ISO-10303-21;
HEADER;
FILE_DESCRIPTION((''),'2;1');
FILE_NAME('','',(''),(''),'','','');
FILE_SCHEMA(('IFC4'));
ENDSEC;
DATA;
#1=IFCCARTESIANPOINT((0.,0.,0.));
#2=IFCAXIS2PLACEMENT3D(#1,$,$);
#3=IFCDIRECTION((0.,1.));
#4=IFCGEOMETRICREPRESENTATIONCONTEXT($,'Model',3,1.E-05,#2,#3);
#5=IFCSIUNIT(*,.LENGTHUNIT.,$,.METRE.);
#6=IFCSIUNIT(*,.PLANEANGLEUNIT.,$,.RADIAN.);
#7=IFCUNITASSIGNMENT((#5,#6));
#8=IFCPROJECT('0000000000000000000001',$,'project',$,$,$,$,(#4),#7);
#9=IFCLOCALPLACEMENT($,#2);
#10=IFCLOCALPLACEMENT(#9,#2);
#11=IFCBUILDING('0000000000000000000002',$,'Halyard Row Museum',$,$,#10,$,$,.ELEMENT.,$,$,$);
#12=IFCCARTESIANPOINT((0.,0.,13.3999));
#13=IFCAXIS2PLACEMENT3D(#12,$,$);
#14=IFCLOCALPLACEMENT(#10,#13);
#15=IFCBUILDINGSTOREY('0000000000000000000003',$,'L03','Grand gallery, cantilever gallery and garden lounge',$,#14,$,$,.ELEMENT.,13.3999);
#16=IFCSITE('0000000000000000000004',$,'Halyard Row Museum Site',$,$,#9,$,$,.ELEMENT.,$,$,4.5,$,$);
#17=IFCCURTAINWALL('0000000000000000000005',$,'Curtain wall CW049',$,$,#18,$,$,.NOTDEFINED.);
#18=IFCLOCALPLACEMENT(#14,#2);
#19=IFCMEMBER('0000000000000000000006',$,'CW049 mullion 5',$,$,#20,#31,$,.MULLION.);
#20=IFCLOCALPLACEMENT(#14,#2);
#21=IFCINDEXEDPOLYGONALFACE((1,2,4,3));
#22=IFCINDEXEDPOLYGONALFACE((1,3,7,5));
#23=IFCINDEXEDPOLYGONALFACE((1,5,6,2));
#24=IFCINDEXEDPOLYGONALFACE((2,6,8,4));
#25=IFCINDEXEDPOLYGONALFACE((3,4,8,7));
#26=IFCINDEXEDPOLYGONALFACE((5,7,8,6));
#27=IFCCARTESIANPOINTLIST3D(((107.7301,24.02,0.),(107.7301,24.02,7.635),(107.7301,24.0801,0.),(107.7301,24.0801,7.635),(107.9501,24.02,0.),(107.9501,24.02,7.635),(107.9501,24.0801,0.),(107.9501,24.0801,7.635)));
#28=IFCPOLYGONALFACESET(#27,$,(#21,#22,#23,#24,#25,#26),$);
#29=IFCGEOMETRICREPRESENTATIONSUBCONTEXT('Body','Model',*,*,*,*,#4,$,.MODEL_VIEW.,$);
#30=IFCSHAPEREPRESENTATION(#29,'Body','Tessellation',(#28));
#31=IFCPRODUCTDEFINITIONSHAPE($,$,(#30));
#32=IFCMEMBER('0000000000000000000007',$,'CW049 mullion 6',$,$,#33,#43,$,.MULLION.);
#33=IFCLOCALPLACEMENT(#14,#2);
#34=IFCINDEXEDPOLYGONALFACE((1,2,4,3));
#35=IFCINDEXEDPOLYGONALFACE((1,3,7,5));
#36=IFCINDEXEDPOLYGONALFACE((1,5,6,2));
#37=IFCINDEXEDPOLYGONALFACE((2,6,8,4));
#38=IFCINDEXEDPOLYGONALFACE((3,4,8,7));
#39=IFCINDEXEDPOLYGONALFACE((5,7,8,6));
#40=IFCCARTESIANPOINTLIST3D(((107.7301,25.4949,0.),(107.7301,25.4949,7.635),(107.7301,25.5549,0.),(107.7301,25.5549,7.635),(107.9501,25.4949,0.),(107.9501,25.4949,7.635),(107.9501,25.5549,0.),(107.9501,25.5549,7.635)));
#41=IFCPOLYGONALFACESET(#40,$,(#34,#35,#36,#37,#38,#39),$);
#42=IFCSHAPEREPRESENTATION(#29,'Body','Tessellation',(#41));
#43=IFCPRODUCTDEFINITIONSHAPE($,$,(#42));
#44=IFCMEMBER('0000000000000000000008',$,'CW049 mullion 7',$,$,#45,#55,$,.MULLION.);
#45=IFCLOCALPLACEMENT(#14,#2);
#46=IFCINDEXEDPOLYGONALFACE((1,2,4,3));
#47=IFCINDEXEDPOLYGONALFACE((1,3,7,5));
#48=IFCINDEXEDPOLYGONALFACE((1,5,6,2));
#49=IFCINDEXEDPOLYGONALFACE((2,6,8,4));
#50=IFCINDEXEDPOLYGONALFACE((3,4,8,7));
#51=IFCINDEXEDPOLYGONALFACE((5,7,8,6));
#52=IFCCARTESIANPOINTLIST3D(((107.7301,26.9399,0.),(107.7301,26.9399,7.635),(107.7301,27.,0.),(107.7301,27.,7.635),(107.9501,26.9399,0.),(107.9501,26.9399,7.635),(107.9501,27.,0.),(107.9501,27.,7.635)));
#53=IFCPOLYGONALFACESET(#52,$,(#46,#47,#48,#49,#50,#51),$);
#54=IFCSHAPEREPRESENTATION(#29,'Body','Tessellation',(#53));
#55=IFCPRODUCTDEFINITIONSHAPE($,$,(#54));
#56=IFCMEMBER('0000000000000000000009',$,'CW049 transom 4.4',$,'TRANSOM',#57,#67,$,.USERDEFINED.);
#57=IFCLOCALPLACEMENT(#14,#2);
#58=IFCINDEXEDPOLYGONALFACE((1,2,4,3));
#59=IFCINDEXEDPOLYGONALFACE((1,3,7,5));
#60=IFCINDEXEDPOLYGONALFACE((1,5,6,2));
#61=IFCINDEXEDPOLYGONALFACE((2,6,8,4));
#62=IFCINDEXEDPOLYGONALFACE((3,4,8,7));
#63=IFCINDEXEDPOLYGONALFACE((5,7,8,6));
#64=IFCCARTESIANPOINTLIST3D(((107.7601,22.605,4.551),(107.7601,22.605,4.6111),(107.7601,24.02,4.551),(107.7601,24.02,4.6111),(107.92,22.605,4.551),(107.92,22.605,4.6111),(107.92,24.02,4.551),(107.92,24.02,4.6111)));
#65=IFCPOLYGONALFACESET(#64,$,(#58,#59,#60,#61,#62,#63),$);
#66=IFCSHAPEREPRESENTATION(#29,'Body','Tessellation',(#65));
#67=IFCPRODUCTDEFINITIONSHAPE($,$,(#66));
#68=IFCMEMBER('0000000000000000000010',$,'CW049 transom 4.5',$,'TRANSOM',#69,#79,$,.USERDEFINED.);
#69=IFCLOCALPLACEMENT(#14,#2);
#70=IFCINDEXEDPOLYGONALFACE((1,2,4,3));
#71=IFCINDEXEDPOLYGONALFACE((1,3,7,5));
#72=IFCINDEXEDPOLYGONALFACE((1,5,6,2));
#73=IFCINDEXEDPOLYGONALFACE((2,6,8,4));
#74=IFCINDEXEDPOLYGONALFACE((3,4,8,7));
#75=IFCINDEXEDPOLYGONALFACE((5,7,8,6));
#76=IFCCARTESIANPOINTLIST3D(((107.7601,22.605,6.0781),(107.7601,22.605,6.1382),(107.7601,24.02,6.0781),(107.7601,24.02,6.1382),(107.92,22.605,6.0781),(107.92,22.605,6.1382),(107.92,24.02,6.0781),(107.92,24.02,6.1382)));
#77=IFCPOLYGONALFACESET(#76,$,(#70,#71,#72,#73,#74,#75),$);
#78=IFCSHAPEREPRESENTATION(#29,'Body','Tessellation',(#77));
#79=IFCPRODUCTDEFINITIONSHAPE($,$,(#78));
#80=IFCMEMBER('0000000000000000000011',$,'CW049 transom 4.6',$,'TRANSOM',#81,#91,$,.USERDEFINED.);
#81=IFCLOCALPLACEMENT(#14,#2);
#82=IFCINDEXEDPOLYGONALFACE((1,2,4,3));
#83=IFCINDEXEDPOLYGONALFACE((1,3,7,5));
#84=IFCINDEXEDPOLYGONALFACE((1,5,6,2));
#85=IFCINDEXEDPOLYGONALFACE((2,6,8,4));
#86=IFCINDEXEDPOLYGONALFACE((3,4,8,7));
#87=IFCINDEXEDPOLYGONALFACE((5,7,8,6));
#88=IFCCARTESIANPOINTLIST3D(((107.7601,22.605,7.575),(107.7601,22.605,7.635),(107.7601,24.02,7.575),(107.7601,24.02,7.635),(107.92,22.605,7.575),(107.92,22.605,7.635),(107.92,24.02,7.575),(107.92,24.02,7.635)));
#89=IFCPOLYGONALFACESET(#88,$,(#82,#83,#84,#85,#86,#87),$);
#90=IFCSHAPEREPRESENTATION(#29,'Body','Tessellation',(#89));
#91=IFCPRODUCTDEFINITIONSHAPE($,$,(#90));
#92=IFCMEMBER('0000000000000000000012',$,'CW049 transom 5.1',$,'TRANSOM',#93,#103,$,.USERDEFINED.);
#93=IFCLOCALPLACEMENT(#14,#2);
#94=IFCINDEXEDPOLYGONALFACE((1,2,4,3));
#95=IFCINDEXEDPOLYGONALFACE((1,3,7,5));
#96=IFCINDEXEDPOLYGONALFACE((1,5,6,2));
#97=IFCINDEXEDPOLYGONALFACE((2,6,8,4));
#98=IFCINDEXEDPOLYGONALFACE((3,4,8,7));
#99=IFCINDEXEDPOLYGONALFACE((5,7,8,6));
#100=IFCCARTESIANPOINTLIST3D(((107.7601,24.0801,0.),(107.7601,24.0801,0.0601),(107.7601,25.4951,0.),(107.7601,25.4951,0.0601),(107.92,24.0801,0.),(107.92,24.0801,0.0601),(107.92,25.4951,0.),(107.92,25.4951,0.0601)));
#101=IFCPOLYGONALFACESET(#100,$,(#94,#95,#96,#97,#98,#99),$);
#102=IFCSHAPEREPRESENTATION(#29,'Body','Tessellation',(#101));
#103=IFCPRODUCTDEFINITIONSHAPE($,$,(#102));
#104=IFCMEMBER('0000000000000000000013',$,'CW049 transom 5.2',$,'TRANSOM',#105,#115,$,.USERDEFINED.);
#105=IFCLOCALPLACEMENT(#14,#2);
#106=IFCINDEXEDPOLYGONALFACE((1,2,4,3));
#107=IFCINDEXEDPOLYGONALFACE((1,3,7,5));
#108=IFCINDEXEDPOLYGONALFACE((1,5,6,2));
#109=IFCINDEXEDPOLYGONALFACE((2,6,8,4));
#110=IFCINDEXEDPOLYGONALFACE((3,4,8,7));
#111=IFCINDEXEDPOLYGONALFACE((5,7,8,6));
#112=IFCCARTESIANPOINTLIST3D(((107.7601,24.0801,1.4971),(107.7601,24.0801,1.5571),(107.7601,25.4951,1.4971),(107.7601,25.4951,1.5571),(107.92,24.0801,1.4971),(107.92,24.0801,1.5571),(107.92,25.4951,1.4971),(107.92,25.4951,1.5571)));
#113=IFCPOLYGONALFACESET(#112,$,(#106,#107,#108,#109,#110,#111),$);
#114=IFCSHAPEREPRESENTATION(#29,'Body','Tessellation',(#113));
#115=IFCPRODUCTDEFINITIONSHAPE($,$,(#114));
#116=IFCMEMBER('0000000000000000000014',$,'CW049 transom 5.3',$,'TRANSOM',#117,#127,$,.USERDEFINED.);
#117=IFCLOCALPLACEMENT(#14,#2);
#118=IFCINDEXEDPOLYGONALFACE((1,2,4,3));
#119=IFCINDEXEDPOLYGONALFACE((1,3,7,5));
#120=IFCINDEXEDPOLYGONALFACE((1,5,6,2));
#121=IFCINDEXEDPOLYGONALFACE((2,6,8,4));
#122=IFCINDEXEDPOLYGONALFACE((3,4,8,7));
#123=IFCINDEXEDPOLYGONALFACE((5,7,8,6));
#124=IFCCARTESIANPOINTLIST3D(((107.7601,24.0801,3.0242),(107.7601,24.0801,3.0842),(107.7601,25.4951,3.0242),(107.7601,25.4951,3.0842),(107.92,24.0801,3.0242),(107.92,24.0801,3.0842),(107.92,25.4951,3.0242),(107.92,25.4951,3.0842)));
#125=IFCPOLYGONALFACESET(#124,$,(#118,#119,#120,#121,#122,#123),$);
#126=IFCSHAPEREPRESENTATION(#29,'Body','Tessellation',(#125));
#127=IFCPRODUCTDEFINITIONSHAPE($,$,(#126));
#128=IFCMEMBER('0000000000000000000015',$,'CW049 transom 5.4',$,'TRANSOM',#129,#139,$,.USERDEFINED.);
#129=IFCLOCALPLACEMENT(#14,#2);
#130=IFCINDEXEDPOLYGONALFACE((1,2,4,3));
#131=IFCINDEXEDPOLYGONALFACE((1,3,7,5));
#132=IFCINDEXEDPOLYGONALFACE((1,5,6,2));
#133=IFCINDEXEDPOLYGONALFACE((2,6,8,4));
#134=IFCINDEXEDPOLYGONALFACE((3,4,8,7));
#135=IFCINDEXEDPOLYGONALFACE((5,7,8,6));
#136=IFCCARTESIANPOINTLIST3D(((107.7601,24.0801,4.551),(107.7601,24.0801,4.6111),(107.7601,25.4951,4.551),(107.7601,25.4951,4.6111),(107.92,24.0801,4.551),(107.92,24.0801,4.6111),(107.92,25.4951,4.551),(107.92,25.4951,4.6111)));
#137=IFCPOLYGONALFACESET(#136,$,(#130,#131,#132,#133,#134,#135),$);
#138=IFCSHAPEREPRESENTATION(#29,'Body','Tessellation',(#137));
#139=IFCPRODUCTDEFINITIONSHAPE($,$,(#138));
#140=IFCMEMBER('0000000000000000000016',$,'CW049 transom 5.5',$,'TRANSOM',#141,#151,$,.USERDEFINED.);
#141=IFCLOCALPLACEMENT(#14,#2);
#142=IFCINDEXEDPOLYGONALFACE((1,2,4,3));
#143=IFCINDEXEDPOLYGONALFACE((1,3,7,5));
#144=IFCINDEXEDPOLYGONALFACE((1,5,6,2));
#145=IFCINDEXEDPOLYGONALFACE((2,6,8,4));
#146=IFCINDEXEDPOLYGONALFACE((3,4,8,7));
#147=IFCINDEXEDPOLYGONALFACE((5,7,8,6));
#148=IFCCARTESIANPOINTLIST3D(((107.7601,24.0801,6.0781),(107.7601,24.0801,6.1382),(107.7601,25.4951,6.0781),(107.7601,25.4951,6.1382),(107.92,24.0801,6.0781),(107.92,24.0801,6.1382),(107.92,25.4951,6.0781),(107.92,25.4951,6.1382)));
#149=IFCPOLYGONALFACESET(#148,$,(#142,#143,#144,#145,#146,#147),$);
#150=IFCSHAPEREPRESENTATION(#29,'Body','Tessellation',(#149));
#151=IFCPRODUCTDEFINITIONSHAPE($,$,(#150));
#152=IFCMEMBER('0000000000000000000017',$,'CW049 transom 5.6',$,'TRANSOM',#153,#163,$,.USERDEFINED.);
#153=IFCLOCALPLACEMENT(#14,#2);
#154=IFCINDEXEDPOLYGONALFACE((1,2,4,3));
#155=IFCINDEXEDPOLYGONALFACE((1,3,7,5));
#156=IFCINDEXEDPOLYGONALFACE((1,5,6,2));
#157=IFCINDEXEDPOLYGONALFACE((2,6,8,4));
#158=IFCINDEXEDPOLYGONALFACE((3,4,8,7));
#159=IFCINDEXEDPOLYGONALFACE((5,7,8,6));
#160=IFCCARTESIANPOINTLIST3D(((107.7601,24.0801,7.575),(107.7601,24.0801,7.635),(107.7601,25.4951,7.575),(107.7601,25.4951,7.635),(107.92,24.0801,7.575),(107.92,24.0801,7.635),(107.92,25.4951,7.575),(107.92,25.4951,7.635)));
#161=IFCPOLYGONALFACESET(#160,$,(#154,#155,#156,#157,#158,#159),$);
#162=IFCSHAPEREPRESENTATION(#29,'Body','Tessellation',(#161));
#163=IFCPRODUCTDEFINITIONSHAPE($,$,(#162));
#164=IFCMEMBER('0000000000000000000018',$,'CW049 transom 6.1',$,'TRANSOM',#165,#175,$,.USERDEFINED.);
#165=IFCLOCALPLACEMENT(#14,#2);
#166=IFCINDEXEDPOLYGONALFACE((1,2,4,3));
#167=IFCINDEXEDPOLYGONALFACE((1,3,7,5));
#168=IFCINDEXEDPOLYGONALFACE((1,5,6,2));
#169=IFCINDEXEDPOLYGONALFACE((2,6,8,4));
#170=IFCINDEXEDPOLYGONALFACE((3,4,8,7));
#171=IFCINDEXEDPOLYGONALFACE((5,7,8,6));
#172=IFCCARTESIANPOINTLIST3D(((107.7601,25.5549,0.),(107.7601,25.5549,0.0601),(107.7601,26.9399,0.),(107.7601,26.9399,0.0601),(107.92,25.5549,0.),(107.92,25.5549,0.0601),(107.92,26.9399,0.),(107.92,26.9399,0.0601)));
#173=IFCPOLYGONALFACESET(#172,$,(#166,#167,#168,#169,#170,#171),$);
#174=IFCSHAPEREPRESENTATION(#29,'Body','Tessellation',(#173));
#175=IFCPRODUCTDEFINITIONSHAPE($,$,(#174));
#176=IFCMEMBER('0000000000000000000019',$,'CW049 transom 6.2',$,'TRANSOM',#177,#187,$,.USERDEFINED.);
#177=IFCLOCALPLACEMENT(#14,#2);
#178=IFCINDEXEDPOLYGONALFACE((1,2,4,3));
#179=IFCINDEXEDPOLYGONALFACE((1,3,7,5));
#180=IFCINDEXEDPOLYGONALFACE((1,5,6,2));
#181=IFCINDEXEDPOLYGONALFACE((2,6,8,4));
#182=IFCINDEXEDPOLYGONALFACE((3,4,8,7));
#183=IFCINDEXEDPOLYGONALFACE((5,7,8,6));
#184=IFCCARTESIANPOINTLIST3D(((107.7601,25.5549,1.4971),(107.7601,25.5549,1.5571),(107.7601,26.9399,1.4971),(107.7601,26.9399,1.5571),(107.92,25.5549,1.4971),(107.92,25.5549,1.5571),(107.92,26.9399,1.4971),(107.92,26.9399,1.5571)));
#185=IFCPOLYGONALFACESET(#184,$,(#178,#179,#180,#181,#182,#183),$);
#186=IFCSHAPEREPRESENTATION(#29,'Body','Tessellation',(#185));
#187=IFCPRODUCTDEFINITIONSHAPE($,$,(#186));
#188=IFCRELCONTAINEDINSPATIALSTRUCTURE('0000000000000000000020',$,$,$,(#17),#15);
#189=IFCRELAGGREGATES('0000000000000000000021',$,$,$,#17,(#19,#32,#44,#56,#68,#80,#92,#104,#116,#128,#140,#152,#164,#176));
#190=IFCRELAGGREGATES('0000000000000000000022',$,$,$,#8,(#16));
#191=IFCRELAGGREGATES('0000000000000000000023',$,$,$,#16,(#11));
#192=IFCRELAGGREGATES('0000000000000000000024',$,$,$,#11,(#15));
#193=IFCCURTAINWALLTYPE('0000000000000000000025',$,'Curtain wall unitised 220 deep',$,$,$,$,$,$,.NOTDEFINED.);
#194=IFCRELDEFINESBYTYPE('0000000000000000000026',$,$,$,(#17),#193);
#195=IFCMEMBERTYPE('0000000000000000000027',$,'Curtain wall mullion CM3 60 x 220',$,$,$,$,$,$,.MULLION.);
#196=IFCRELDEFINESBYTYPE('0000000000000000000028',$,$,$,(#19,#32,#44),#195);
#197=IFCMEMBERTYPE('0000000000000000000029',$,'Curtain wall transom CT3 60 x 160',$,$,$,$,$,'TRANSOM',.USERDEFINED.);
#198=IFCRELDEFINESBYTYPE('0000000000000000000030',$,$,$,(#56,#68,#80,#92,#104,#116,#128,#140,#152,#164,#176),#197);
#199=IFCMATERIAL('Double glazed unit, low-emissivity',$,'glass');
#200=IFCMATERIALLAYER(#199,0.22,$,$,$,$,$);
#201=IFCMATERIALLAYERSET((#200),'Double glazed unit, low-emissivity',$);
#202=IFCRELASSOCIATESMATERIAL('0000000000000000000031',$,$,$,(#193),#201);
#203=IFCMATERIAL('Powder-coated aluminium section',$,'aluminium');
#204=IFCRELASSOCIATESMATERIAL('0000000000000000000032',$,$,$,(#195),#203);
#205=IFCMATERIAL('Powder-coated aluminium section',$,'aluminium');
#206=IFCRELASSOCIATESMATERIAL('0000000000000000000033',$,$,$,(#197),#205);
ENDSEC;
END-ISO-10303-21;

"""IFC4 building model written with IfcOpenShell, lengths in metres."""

from ifc_helpers import new_model, si_unit, direction, frame, origin, origin_2d, place, context, subcontext, project, spatial, rectangle, extrude, material, layer, layer_set, material_profile, profile_set, type_object, element, aggregate, save


model = new_model("IFC4")

# Units and contexts
model_context = context("Model", 3, precision=1e-05, world=origin(), true_north=direction((0.0, 1.0)))
body_context = subcontext(model_context, "Body", "Model", "MODEL_VIEW")
ifc_project = project(units=[si_unit("LENGTHUNIT", "METRE"), si_unit("PLANEANGLEUNIT", "RADIAN")], contexts=[model_context])

# Site, building, storey
site_placement = place(None, origin())
site = spatial("IfcSite", under=ifc_project, at=site_placement, Name="Halyard Row Museum Site", CompositionType="ELEMENT", RefElevation=4.5)
building_placement = place(site_placement, origin())
building = spatial("IfcBuilding", under=site, at=building_placement, Name="Halyard Row Museum", CompositionType="ELEMENT")
storey_placement = place(building_placement, frame((0.0, 0.0, 13.3999)))
storey = spatial("IfcBuildingStorey", under=building, at=storey_placement, Name="L03", Description="Grand gallery, cantilever gallery and garden lounge", CompositionType="ELEMENT", Elevation=13.3999)

# Curtain wall, members
ifc_material_1 = material(Name="Double glazed unit, low-emissivity", Category="glass")
ifc_layer_1 = layer(ifc_material_1, 0.22)
ifc_layer_set_1 = layer_set([ifc_layer_1], Name="Double glazed unit, low-emissivity")
curtain_wall_type = type_object("IfcCurtainWallType", Name="Curtain wall unitised 220 deep", PredefinedType="NOTDEFINED", material=ifc_layer_set_1)
curtain_wall_placement = place(storey_placement, origin())
curtain_wall = element("IfcCurtainWall", 1, at=curtain_wall_placement, inside=storey, type_object=curtain_wall_type, Name="Curtain wall CW049", PredefinedType="NOTDEFINED")
ifc_material_2 = material(Name="Powder-coated aluminium section", Category="aluminium")
ifc_material_profile_1 = material_profile(ifc_material_2, rectangle(XDim=0.22, YDim=0.0601, at=origin_2d()), Name="220x60 mullion")
ifc_profile_set_1 = profile_set([ifc_material_profile_1], Name="Powder-coated aluminium section")
member_type_1 = type_object("IfcMemberType", Name="Curtain wall mullion CM3 60 x 220", PredefinedType="MULLION", material=ifc_profile_set_1)
member_1_placement = place(storey_placement, frame((107.8401, 24.05, 0.0), z_axis=(0.0, 0.0, 1.0), x_axis=(-1.0, 0.0, 0.0)))
member_1 = element("IfcMember", 2, at=member_1_placement, type_object=member_type_1, Name="CW049 mullion 5", PredefinedType="MULLION", context=body_context, shape_type="SweptSolid", body=[
    extrude(rectangle(XDim=0.22, YDim=0.0601, at=origin_2d()), origin(), (0.0, 0.0, 1.0), 7.635),
])
member_2_placement = place(storey_placement, frame((107.8401, 25.5249, 0.0), z_axis=(0.0, 0.0, 1.0), x_axis=(-1.0, 0.0, 0.0)))
member_2 = element("IfcMember", 3, at=member_2_placement, type_object=member_type_1, Name="CW049 mullion 6", PredefinedType="MULLION", context=body_context, shape_type="SweptSolid", body=[
    extrude(rectangle(XDim=0.22, YDim=0.0601, at=origin_2d()), origin(), (0.0, 0.0, 1.0), 7.635),
])
member_3_placement = place(storey_placement, frame((107.8401, 26.97, 0.0), z_axis=(0.0, 0.0, 1.0), x_axis=(-1.0, 0.0, 0.0)))
member_3 = element("IfcMember", 4, at=member_3_placement, type_object=member_type_1, Name="CW049 mullion 7", PredefinedType="MULLION", context=body_context, shape_type="SweptSolid", body=[
    extrude(rectangle(XDim=0.22, YDim=0.0601, at=origin_2d()), origin(), (0.0, 0.0, 1.0), 7.635),
])
ifc_material_3 = material(Name="Powder-coated aluminium section", Category="aluminium")
ifc_material_profile_2 = material_profile(ifc_material_3, rectangle(XDim=0.1599, YDim=0.0601, at=origin_2d()), Name="160x60 transom")
ifc_profile_set_2 = profile_set([ifc_material_profile_2], Name="Powder-coated aluminium section")
member_type_2 = type_object("IfcMemberType", Name="Curtain wall transom CT3 60 x 160", ElementType="TRANSOM", PredefinedType="USERDEFINED", material=ifc_profile_set_2)
member_4_placement = place(storey_placement, frame((107.8401, 22.605, 4.5811), z_axis=(0.0, 1.0, 0.0), x_axis=(-1.0, 0.0, 0.0)))
member_4 = element("IfcMember", 5, at=member_4_placement, type_object=member_type_2, Name="CW049 transom 4.4", ObjectType="TRANSOM", PredefinedType="USERDEFINED", context=body_context, shape_type="SweptSolid", body=[
    extrude(rectangle(XDim=0.1599, YDim=0.0601, at=origin_2d()), origin(), (0.0, 0.0, 1.0), 1.415),
])
member_5_placement = place(storey_placement, frame((107.8401, 22.605, 6.1082), z_axis=(0.0, 1.0, 0.0), x_axis=(-1.0, 0.0, 0.0)))
member_5 = element("IfcMember", 6, at=member_5_placement, type_object=member_type_2, Name="CW049 transom 4.5", ObjectType="TRANSOM", PredefinedType="USERDEFINED", context=body_context, shape_type="SweptSolid", body=[
    extrude(rectangle(XDim=0.1599, YDim=0.0601, at=origin_2d()), origin(), (0.0, 0.0, 1.0), 1.415),
])
member_6_placement = place(storey_placement, frame((107.8401, 22.605, 7.605), z_axis=(0.0, 1.0, 0.0), x_axis=(-1.0, 0.0, 0.0)))
member_6 = element("IfcMember", 7, at=member_6_placement, type_object=member_type_2, Name="CW049 transom 4.6", ObjectType="TRANSOM", PredefinedType="USERDEFINED", context=body_context, shape_type="SweptSolid", body=[
    extrude(rectangle(XDim=0.1599, YDim=0.0601, at=origin_2d()), origin(), (0.0, 0.0, 1.0), 1.415),
])
member_7_placement = place(storey_placement, frame((107.8401, 24.0801, 0.03), z_axis=(0.0, 1.0, 0.0), x_axis=(-1.0, 0.0, 0.0)))
member_7 = element("IfcMember", 8, at=member_7_placement, type_object=member_type_2, Name="CW049 transom 5.1", ObjectType="TRANSOM", PredefinedType="USERDEFINED", context=body_context, shape_type="SweptSolid", body=[
    extrude(rectangle(XDim=0.1599, YDim=0.0601, at=origin_2d()), origin(), (0.0, 0.0, 1.0), 1.415),
])
member_8_placement = place(storey_placement, frame((107.8401, 24.0801, 1.5271), z_axis=(0.0, 1.0, 0.0), x_axis=(-1.0, 0.0, 0.0)))
member_8 = element("IfcMember", 9, at=member_8_placement, type_object=member_type_2, Name="CW049 transom 5.2", ObjectType="TRANSOM", PredefinedType="USERDEFINED", context=body_context, shape_type="SweptSolid", body=[
    extrude(rectangle(XDim=0.1599, YDim=0.0601, at=origin_2d()), origin(), (0.0, 0.0, 1.0), 1.415),
])
member_9_placement = place(storey_placement, frame((107.8401, 24.0801, 3.0542), z_axis=(0.0, 1.0, 0.0), x_axis=(-1.0, 0.0, 0.0)))
member_9 = element("IfcMember", 10, at=member_9_placement, type_object=member_type_2, Name="CW049 transom 5.3", ObjectType="TRANSOM", PredefinedType="USERDEFINED", context=body_context, shape_type="SweptSolid", body=[
    extrude(rectangle(XDim=0.1599, YDim=0.0601, at=origin_2d()), origin(), (0.0, 0.0, 1.0), 1.415),
])
member_10_placement = place(storey_placement, frame((107.8401, 24.0801, 4.5811), z_axis=(0.0, 1.0, 0.0), x_axis=(-1.0, 0.0, 0.0)))
member_10 = element("IfcMember", 11, at=member_10_placement, type_object=member_type_2, Name="CW049 transom 5.4", ObjectType="TRANSOM", PredefinedType="USERDEFINED", context=body_context, shape_type="SweptSolid", body=[
    extrude(rectangle(XDim=0.1599, YDim=0.0601, at=origin_2d()), origin(), (0.0, 0.0, 1.0), 1.415),
])
member_11_placement = place(storey_placement, frame((107.8401, 24.0801, 6.1082), z_axis=(0.0, 1.0, 0.0), x_axis=(-1.0, 0.0, 0.0)))
member_11 = element("IfcMember", 12, at=member_11_placement, type_object=member_type_2, Name="CW049 transom 5.5", ObjectType="TRANSOM", PredefinedType="USERDEFINED", context=body_context, shape_type="SweptSolid", body=[
    extrude(rectangle(XDim=0.1599, YDim=0.0601, at=origin_2d()), origin(), (0.0, 0.0, 1.0), 1.415),
])
member_12_placement = place(storey_placement, frame((107.8401, 24.0801, 7.605), z_axis=(0.0, 1.0, 0.0), x_axis=(-1.0, 0.0, 0.0)))
member_12 = element("IfcMember", 13, at=member_12_placement, type_object=member_type_2, Name="CW049 transom 5.6", ObjectType="TRANSOM", PredefinedType="USERDEFINED", context=body_context, shape_type="SweptSolid", body=[
    extrude(rectangle(XDim=0.1599, YDim=0.0601, at=origin_2d()), origin(), (0.0, 0.0, 1.0), 1.415),
])
member_13_placement = place(storey_placement, frame((107.8401, 25.5549, 0.03), z_axis=(0.0, 1.0, 0.0), x_axis=(-1.0, 0.0, 0.0)))
member_13 = element("IfcMember", 14, at=member_13_placement, type_object=member_type_2, Name="CW049 transom 6.1", ObjectType="TRANSOM", PredefinedType="USERDEFINED", context=body_context, shape_type="SweptSolid", body=[
    extrude(rectangle(XDim=0.1599, YDim=0.0601, at=origin_2d()), origin(), (0.0, 0.0, 1.0), 1.385),
])
member_14_placement = place(storey_placement, frame((107.8401, 25.5549, 1.5271), z_axis=(0.0, 1.0, 0.0), x_axis=(-1.0, 0.0, 0.0)))
member_14 = element("IfcMember", 15, at=member_14_placement, type_object=member_type_2, Name="CW049 transom 6.2", ObjectType="TRANSOM", PredefinedType="USERDEFINED", context=body_context, shape_type="SweptSolid", body=[
    extrude(rectangle(XDim=0.1599, YDim=0.0601, at=origin_2d()), origin(), (0.0, 0.0, 1.0), 1.385),
])
aggregate(curtain_wall, [member_1, member_2, member_3, member_4, member_5, member_6, member_7, member_8, member_9, member_10, member_11, member_12, member_13, member_14])

save(model, "model.ifc")
